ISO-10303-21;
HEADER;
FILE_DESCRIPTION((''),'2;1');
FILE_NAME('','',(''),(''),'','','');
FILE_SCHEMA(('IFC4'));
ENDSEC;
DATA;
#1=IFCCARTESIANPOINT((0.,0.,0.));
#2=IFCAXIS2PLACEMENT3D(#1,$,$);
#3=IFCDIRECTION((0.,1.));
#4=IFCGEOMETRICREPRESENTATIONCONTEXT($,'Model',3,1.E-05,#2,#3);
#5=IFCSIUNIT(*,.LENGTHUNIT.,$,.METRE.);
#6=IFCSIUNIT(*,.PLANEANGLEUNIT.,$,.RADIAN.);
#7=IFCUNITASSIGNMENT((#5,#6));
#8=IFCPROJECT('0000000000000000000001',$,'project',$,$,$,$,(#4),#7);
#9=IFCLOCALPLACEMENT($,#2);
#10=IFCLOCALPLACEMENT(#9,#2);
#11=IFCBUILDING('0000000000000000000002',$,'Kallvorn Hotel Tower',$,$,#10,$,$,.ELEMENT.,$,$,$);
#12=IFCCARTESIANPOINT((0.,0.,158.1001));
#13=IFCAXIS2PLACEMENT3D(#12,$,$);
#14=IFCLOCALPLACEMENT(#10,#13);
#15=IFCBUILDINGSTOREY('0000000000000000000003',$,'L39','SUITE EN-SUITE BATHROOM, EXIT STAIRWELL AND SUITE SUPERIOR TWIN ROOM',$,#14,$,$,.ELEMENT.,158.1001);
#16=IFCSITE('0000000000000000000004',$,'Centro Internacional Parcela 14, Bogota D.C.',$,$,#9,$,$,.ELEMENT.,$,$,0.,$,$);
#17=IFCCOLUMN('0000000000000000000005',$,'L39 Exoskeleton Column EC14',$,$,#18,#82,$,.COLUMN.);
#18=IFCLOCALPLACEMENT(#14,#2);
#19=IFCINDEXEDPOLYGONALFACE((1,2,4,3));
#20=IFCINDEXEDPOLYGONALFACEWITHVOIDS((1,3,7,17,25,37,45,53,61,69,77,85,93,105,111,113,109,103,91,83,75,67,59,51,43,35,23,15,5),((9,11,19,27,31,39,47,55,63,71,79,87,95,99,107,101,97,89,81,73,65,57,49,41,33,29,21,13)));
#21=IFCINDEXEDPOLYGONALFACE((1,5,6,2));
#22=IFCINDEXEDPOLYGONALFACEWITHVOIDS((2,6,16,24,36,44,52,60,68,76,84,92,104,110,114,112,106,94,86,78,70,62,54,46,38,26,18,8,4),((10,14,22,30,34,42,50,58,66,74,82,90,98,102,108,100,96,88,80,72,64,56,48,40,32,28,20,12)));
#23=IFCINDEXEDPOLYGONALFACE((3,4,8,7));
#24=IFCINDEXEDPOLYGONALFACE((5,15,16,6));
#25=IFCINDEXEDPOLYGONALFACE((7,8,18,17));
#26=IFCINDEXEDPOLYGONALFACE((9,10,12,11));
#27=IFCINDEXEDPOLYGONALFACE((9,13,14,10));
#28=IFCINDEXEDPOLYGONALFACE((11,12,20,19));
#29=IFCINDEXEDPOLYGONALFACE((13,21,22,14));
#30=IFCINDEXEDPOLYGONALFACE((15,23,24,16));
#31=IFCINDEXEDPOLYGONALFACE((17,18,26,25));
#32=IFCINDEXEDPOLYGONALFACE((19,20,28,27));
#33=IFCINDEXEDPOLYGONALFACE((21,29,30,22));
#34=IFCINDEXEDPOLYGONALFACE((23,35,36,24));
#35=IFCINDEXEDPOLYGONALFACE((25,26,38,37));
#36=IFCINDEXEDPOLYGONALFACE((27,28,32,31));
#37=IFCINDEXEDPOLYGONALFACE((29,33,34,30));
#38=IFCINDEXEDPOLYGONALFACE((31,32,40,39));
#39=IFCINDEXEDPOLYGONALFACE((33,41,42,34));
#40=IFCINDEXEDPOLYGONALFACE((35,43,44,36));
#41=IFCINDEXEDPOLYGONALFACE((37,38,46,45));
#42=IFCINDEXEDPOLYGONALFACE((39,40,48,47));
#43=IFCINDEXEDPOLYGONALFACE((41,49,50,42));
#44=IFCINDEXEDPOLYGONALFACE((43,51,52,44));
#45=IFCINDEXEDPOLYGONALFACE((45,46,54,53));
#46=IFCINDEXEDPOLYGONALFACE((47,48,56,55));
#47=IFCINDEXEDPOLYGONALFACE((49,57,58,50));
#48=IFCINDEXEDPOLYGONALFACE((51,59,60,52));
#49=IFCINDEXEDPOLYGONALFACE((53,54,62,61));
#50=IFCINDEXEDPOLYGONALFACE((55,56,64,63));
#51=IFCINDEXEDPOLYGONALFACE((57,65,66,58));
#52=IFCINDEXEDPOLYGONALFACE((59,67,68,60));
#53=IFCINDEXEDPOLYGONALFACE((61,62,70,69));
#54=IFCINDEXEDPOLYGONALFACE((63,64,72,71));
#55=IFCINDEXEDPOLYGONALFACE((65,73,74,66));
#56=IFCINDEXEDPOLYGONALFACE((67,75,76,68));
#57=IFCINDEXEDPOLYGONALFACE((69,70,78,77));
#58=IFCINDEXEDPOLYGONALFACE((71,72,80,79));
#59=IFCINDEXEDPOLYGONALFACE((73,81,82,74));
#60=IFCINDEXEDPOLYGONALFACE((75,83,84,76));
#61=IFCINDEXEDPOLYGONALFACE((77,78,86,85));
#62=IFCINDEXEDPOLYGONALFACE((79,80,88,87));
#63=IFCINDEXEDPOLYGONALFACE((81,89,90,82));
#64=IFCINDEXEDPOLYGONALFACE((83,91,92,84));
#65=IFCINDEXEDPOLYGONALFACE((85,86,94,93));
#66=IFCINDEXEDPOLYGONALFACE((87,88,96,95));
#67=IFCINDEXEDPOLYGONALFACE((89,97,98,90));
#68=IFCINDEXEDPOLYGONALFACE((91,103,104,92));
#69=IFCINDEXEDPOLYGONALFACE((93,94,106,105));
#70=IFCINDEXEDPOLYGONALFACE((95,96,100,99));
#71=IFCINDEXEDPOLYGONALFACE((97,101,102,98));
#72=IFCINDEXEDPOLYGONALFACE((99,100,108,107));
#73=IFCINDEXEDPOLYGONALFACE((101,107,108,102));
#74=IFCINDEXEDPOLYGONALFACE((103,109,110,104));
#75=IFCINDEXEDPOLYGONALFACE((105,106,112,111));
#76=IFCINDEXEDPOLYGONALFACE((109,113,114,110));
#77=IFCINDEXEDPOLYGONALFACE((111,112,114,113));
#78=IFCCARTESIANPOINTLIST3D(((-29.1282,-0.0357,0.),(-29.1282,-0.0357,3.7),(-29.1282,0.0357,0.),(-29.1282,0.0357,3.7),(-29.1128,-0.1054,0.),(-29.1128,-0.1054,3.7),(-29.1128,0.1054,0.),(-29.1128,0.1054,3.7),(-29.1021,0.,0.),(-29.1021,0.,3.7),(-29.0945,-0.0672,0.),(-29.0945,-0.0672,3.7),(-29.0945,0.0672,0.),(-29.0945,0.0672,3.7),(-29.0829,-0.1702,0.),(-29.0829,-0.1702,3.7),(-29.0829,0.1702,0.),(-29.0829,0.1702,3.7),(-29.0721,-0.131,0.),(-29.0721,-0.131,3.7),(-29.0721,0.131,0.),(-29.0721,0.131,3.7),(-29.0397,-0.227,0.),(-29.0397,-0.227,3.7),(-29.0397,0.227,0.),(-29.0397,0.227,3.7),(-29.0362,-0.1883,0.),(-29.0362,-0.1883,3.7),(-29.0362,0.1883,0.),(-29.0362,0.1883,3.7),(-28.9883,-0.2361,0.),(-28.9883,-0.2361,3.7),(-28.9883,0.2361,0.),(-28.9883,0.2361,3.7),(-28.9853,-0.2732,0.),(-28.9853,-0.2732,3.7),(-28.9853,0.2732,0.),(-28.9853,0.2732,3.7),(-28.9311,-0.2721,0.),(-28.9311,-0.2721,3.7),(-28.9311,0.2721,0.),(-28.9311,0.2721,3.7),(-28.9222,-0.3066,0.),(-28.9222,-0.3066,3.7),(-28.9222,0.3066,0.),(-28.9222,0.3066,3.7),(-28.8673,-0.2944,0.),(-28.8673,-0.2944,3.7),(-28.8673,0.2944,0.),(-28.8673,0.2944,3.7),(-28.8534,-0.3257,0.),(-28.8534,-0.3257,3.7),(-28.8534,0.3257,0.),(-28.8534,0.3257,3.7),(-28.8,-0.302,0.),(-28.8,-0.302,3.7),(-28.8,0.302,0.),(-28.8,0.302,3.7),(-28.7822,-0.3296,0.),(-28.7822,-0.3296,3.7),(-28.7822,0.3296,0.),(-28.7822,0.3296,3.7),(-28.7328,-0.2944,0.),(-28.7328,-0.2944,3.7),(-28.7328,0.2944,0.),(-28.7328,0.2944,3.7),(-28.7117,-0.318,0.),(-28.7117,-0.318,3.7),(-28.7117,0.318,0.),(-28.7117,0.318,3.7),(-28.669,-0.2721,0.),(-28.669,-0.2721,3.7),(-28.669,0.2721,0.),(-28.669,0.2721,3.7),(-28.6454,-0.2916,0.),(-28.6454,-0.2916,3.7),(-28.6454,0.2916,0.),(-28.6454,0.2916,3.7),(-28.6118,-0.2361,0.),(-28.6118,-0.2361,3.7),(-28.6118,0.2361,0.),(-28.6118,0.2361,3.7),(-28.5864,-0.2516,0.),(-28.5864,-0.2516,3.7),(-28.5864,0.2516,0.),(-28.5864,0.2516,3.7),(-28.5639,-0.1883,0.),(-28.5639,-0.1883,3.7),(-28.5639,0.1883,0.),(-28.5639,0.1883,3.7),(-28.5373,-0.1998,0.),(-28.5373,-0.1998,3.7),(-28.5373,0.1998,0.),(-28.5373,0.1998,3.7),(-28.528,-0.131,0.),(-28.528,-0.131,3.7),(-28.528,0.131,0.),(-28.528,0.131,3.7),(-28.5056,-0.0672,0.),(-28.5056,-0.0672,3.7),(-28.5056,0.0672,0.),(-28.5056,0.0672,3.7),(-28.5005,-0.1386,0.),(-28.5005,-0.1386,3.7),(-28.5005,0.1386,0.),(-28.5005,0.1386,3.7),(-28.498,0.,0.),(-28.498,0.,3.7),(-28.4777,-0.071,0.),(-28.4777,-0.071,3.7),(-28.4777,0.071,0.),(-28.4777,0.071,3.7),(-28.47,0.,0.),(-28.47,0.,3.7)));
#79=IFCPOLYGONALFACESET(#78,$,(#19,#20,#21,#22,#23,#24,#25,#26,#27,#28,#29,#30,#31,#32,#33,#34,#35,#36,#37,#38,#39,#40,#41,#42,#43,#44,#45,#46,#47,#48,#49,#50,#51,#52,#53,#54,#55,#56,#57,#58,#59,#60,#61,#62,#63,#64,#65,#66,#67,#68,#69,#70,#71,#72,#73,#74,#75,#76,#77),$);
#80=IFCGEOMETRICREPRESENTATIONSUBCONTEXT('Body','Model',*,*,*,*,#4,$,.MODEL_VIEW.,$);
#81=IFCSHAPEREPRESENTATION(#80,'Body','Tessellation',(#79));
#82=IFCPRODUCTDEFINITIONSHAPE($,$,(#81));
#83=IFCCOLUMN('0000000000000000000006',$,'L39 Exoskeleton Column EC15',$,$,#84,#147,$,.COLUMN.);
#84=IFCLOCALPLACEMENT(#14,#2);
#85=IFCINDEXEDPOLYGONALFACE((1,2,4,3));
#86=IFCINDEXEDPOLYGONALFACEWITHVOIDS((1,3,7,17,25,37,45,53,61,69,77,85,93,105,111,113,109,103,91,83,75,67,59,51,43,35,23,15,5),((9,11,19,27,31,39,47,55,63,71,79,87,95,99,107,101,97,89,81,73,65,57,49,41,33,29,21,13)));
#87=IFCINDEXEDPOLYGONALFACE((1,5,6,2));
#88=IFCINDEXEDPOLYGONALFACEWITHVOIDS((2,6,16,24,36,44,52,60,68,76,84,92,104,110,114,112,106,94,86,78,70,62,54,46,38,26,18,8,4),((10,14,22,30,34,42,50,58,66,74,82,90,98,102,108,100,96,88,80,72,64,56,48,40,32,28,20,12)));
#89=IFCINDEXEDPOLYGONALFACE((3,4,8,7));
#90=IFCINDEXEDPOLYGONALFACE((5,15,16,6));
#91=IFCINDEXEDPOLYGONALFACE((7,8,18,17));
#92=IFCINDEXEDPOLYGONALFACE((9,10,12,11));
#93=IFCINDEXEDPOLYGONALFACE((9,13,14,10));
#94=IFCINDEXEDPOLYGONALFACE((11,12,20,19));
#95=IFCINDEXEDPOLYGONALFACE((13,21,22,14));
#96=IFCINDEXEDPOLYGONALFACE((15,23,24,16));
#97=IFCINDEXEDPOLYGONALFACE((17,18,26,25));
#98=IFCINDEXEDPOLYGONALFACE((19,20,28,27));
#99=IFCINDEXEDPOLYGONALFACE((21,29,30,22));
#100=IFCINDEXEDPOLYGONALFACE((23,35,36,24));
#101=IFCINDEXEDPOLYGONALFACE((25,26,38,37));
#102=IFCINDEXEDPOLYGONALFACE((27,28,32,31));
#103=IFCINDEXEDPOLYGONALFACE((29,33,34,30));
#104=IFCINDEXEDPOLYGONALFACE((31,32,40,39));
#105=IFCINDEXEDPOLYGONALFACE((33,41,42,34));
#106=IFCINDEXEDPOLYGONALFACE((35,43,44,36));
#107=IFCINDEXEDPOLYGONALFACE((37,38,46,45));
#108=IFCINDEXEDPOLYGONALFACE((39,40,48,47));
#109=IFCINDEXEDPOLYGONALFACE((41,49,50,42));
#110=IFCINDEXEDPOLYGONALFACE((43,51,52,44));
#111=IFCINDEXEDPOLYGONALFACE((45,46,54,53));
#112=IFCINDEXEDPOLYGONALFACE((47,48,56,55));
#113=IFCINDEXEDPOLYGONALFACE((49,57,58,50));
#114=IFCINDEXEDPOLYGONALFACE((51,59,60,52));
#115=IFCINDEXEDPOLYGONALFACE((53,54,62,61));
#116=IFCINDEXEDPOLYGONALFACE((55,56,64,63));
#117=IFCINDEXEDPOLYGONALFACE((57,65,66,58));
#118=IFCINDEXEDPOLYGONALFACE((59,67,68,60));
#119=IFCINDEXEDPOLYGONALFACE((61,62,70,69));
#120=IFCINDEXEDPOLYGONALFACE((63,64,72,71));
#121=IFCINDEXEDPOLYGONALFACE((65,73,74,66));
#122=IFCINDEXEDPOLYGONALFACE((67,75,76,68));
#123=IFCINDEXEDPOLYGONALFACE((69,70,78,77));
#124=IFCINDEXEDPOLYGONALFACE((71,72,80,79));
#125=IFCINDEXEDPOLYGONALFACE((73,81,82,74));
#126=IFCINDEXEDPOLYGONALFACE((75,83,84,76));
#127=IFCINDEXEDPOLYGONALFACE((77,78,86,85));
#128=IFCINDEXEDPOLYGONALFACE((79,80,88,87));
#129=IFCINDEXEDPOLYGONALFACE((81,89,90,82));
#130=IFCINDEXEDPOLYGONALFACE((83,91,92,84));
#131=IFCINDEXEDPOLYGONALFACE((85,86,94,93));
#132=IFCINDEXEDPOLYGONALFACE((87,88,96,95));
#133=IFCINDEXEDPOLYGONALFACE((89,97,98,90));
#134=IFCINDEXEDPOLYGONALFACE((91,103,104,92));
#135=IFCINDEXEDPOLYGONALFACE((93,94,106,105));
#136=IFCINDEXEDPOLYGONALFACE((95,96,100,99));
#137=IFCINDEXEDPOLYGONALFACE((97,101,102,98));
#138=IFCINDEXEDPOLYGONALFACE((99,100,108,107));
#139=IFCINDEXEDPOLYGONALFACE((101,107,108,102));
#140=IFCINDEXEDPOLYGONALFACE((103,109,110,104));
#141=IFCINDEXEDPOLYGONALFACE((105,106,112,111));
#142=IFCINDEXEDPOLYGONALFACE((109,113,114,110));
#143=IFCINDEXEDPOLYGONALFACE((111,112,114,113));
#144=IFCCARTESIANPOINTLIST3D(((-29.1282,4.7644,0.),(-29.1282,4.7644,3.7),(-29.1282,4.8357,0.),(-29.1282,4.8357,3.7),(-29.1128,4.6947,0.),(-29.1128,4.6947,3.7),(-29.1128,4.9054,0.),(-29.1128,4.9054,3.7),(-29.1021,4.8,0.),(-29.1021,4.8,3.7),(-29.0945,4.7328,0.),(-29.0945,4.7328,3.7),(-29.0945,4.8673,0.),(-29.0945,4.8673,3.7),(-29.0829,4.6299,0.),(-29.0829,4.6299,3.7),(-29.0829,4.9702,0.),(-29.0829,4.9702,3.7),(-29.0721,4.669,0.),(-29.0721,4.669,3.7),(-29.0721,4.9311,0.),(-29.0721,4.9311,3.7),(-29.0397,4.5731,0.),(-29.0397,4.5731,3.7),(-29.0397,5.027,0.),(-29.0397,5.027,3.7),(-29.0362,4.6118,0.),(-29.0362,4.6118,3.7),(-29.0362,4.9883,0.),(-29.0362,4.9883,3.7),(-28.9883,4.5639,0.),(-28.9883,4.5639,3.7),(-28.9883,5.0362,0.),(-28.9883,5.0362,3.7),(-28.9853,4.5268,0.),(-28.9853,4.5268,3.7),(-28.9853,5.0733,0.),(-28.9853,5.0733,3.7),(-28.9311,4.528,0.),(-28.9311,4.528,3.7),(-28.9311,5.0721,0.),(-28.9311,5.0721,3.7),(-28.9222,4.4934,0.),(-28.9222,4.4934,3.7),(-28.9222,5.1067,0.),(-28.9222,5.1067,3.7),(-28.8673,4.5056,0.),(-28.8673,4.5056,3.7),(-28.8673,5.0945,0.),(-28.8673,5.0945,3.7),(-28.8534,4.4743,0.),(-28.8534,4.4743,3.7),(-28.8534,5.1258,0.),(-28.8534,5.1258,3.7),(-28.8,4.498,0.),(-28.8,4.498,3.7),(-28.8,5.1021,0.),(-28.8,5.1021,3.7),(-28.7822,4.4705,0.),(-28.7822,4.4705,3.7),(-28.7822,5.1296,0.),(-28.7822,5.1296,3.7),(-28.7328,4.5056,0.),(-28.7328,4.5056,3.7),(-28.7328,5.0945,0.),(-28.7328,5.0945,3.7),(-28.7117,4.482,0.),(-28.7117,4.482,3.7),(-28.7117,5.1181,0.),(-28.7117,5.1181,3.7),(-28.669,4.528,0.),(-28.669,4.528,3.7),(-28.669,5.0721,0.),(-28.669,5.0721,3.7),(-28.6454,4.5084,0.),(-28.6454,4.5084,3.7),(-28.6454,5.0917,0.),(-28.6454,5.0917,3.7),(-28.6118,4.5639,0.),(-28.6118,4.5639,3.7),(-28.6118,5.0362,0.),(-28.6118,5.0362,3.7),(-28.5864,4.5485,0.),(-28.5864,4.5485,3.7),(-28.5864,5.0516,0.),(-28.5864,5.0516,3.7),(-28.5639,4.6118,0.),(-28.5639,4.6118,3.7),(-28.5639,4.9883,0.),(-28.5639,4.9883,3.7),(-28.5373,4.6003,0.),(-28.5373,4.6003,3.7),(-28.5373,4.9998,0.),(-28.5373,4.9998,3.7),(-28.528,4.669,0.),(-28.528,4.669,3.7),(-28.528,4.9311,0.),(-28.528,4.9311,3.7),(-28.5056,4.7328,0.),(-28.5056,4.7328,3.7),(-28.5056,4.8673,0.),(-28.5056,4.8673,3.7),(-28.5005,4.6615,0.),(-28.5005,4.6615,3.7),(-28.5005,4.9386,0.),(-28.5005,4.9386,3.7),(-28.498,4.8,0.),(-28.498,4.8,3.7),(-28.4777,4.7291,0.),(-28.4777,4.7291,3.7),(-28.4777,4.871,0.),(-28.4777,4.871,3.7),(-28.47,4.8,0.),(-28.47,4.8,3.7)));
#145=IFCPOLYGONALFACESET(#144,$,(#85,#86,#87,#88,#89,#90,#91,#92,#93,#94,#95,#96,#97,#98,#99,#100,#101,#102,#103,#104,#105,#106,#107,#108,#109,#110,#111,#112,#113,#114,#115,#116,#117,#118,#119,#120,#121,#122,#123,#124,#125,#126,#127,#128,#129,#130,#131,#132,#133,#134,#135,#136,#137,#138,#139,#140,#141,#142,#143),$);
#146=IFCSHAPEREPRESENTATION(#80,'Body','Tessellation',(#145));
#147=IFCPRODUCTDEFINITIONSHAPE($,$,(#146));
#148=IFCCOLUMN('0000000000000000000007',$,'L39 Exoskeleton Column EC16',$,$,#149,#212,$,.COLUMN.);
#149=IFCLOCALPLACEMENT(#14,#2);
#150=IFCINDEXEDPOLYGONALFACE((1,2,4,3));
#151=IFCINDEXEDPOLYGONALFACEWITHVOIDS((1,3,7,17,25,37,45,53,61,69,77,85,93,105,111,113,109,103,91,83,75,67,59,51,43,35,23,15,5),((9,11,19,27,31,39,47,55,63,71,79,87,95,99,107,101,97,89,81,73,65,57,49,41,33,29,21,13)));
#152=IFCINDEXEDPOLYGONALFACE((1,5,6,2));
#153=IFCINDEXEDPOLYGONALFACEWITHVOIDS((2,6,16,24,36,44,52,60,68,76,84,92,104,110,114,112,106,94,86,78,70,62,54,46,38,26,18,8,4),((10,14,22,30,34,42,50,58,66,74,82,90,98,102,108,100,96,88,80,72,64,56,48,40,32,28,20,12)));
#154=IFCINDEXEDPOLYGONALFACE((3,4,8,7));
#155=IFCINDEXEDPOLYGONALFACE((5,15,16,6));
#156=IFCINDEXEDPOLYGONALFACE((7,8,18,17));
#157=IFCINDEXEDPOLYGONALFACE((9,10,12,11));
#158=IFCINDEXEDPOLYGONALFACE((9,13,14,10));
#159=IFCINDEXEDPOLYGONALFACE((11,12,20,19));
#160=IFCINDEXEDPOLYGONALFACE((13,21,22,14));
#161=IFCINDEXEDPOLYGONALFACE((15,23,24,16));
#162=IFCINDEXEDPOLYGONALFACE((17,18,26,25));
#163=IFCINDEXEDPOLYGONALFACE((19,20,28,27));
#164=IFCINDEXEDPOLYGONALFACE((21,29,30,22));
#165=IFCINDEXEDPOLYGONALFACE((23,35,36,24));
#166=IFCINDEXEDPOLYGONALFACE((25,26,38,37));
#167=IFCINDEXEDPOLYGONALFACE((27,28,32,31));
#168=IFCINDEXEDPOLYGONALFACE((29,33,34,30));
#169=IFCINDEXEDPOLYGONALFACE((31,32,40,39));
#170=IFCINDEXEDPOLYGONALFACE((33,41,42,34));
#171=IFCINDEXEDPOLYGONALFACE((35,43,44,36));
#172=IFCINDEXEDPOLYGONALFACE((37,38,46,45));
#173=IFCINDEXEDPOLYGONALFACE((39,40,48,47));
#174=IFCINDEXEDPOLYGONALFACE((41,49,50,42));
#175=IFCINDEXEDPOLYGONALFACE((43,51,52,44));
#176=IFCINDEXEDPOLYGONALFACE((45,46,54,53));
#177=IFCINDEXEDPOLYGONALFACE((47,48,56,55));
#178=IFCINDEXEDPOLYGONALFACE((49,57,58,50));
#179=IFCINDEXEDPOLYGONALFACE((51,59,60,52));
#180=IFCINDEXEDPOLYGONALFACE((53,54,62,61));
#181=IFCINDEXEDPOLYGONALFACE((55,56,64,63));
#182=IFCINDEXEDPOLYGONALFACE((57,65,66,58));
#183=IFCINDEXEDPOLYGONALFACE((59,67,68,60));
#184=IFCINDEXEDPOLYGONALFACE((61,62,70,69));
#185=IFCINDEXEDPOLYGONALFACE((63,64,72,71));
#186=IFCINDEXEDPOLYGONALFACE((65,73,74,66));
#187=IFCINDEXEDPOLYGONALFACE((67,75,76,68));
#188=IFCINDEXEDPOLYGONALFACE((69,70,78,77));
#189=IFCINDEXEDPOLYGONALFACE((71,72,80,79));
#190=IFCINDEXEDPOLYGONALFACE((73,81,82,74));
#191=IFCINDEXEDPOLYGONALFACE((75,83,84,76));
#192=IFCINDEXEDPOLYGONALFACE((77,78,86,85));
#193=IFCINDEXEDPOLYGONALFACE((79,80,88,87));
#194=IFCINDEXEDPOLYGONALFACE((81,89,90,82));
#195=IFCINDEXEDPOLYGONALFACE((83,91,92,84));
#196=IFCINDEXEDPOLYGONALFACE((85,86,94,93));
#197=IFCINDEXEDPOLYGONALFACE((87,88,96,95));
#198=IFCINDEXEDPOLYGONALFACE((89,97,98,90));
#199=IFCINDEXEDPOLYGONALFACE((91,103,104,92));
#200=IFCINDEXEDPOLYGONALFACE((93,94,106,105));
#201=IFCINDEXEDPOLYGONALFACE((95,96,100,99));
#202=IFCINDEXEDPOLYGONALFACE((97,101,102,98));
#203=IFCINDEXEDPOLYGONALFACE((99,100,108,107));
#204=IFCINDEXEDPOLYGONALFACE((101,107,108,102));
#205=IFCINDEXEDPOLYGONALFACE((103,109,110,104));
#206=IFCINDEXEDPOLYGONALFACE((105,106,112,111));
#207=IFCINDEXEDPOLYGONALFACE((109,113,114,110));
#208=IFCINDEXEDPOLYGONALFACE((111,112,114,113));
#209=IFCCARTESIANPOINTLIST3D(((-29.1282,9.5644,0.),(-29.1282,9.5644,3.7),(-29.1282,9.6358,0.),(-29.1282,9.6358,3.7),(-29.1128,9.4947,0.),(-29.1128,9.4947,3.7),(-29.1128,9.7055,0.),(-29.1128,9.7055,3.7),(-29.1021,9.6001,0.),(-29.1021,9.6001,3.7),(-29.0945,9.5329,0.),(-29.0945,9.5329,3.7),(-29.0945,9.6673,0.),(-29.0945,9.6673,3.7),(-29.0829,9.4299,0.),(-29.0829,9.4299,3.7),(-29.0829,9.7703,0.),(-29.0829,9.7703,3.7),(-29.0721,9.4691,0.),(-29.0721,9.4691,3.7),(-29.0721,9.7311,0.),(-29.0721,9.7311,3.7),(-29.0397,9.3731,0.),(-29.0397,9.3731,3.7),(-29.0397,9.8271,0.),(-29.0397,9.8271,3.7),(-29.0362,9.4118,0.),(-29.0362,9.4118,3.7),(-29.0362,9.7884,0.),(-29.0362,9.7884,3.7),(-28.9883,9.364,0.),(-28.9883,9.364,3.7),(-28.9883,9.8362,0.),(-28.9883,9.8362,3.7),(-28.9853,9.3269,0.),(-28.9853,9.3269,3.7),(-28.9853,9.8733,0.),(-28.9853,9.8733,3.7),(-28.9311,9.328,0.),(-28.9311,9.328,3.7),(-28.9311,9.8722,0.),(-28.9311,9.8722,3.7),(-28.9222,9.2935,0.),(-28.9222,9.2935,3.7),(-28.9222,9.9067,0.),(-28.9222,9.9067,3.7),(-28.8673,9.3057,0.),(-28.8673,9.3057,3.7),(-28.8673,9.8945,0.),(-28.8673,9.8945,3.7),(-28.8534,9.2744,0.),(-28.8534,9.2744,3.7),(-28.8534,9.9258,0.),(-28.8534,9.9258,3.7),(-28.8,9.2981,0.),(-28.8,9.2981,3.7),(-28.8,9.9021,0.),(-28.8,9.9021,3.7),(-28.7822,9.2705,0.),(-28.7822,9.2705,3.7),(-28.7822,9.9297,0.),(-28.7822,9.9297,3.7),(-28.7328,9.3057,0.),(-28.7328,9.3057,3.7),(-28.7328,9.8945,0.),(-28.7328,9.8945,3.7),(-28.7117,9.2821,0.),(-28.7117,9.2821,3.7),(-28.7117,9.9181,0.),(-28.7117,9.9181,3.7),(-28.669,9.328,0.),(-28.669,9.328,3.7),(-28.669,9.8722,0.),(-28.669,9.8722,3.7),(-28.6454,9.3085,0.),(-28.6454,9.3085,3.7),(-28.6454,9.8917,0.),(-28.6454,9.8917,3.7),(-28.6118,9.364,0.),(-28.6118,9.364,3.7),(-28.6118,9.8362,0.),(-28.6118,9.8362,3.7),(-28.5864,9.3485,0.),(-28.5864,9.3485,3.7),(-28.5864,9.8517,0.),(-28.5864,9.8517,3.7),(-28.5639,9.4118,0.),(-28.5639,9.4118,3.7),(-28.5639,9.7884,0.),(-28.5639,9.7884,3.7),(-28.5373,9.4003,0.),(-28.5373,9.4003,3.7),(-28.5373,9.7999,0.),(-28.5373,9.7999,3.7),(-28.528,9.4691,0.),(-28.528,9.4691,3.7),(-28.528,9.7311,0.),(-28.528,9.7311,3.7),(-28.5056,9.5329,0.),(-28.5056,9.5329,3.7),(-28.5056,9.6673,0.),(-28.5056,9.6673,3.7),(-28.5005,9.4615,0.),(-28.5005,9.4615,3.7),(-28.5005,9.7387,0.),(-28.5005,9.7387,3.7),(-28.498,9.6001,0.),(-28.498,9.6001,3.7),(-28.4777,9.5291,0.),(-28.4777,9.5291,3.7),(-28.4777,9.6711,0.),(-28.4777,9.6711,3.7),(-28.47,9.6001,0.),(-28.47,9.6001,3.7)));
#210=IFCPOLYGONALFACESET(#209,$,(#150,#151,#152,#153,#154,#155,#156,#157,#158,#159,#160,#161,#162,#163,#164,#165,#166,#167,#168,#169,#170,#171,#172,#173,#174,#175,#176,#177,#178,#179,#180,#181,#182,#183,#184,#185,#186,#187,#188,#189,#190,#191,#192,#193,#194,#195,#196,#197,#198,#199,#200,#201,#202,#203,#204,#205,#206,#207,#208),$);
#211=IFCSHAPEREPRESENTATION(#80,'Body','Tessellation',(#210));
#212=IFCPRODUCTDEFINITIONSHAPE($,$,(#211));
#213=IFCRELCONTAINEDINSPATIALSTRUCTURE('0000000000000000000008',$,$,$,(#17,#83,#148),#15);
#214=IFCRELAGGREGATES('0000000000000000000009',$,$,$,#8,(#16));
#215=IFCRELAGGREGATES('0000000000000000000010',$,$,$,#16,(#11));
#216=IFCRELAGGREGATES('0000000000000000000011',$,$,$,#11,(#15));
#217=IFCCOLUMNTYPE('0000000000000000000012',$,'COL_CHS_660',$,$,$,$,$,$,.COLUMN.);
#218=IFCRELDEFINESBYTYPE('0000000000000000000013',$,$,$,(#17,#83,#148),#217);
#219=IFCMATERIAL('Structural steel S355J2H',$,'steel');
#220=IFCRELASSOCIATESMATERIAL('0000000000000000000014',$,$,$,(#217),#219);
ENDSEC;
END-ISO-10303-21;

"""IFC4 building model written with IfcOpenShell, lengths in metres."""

from ifc_helpers import new_model, si_unit, direction, frame, origin, origin_2d, place, context, subcontext, project, spatial, hollow_circle, extrude, material, material_profile, profile_set, type_object, element, save


model = new_model("IFC4")

# Units and contexts
model_context = context("Model", 3, precision=1e-05, world=origin(), true_north=direction((0.0, 1.0)))
body_context = subcontext(model_context, "Body", "Model", "MODEL_VIEW")
ifc_project = project(units=[si_unit("LENGTHUNIT", "METRE"), si_unit("PLANEANGLEUNIT", "RADIAN")], contexts=[model_context])

# Site, building, storey
site_placement = place(None, origin())
site = spatial("IfcSite", under=ifc_project, at=site_placement, Name="Centro Internacional Parcela 14, Bogota D.C.", CompositionType="ELEMENT", RefElevation=0.0)
building_placement = place(site_placement, origin())
building = spatial("IfcBuilding", under=site, at=building_placement, Name="Kallvorn Hotel Tower", CompositionType="ELEMENT")
storey_placement = place(building_placement, frame((0.0, 0.0, 158.1001)))
storey = spatial("IfcBuildingStorey", under=building, at=storey_placement, Name="L39", Description="SUITE EN-SUITE BATHROOM, EXIT STAIRWELL AND SUITE SUPERIOR TWIN ROOM", CompositionType="ELEMENT", Elevation=158.1001)

# Columns
ifc_material_1 = material(Name="Structural steel S355J2H", Category="steel")
ifc_material_profile_1 = material_profile(ifc_material_1, hollow_circle(Radius=0.3301, WallThickness=0.0281, at=origin_2d()), Name="CHS 660x28")
ifc_profile_set_1 = profile_set([ifc_material_profile_1], Name="Structural steel S355J2H")
column_type_1 = type_object("IfcColumnType", Name="COL_CHS_660", PredefinedType="COLUMN", material=ifc_profile_set_1)
for number, where, z_axis, x_axis, name in (
    (1, (-28.8, 0.0, 0.0), (0.0, 0.0, 1.0), (1.0, 0.0, 0.0), "L39 Exoskeleton Column EC14"),
    (2, (-28.8, 4.8, 0.0), (0.0, 0.0, 1.0), (1.0, 0.0, 0.0), "L39 Exoskeleton Column EC15"),
    (3, (-28.8, 9.6001, 0.0), (0.0, 0.0, 1.0), (1.0, 0.0, 0.0), "L39 Exoskeleton Column EC16"),
):
    element("IfcColumn", number, at=place(storey_placement, frame(where, z_axis=z_axis, x_axis=x_axis)), inside=storey, type_object=column_type_1, Name=name, PredefinedType="COLUMN", context=body_context, shape_type="SweptSolid", body=[
        extrude(hollow_circle(Radius=0.3301, WallThickness=0.0281, at=origin_2d()), origin(), (0.0, 0.0, 1.0), 3.7),
    ])

save(model, "model.ifc")
